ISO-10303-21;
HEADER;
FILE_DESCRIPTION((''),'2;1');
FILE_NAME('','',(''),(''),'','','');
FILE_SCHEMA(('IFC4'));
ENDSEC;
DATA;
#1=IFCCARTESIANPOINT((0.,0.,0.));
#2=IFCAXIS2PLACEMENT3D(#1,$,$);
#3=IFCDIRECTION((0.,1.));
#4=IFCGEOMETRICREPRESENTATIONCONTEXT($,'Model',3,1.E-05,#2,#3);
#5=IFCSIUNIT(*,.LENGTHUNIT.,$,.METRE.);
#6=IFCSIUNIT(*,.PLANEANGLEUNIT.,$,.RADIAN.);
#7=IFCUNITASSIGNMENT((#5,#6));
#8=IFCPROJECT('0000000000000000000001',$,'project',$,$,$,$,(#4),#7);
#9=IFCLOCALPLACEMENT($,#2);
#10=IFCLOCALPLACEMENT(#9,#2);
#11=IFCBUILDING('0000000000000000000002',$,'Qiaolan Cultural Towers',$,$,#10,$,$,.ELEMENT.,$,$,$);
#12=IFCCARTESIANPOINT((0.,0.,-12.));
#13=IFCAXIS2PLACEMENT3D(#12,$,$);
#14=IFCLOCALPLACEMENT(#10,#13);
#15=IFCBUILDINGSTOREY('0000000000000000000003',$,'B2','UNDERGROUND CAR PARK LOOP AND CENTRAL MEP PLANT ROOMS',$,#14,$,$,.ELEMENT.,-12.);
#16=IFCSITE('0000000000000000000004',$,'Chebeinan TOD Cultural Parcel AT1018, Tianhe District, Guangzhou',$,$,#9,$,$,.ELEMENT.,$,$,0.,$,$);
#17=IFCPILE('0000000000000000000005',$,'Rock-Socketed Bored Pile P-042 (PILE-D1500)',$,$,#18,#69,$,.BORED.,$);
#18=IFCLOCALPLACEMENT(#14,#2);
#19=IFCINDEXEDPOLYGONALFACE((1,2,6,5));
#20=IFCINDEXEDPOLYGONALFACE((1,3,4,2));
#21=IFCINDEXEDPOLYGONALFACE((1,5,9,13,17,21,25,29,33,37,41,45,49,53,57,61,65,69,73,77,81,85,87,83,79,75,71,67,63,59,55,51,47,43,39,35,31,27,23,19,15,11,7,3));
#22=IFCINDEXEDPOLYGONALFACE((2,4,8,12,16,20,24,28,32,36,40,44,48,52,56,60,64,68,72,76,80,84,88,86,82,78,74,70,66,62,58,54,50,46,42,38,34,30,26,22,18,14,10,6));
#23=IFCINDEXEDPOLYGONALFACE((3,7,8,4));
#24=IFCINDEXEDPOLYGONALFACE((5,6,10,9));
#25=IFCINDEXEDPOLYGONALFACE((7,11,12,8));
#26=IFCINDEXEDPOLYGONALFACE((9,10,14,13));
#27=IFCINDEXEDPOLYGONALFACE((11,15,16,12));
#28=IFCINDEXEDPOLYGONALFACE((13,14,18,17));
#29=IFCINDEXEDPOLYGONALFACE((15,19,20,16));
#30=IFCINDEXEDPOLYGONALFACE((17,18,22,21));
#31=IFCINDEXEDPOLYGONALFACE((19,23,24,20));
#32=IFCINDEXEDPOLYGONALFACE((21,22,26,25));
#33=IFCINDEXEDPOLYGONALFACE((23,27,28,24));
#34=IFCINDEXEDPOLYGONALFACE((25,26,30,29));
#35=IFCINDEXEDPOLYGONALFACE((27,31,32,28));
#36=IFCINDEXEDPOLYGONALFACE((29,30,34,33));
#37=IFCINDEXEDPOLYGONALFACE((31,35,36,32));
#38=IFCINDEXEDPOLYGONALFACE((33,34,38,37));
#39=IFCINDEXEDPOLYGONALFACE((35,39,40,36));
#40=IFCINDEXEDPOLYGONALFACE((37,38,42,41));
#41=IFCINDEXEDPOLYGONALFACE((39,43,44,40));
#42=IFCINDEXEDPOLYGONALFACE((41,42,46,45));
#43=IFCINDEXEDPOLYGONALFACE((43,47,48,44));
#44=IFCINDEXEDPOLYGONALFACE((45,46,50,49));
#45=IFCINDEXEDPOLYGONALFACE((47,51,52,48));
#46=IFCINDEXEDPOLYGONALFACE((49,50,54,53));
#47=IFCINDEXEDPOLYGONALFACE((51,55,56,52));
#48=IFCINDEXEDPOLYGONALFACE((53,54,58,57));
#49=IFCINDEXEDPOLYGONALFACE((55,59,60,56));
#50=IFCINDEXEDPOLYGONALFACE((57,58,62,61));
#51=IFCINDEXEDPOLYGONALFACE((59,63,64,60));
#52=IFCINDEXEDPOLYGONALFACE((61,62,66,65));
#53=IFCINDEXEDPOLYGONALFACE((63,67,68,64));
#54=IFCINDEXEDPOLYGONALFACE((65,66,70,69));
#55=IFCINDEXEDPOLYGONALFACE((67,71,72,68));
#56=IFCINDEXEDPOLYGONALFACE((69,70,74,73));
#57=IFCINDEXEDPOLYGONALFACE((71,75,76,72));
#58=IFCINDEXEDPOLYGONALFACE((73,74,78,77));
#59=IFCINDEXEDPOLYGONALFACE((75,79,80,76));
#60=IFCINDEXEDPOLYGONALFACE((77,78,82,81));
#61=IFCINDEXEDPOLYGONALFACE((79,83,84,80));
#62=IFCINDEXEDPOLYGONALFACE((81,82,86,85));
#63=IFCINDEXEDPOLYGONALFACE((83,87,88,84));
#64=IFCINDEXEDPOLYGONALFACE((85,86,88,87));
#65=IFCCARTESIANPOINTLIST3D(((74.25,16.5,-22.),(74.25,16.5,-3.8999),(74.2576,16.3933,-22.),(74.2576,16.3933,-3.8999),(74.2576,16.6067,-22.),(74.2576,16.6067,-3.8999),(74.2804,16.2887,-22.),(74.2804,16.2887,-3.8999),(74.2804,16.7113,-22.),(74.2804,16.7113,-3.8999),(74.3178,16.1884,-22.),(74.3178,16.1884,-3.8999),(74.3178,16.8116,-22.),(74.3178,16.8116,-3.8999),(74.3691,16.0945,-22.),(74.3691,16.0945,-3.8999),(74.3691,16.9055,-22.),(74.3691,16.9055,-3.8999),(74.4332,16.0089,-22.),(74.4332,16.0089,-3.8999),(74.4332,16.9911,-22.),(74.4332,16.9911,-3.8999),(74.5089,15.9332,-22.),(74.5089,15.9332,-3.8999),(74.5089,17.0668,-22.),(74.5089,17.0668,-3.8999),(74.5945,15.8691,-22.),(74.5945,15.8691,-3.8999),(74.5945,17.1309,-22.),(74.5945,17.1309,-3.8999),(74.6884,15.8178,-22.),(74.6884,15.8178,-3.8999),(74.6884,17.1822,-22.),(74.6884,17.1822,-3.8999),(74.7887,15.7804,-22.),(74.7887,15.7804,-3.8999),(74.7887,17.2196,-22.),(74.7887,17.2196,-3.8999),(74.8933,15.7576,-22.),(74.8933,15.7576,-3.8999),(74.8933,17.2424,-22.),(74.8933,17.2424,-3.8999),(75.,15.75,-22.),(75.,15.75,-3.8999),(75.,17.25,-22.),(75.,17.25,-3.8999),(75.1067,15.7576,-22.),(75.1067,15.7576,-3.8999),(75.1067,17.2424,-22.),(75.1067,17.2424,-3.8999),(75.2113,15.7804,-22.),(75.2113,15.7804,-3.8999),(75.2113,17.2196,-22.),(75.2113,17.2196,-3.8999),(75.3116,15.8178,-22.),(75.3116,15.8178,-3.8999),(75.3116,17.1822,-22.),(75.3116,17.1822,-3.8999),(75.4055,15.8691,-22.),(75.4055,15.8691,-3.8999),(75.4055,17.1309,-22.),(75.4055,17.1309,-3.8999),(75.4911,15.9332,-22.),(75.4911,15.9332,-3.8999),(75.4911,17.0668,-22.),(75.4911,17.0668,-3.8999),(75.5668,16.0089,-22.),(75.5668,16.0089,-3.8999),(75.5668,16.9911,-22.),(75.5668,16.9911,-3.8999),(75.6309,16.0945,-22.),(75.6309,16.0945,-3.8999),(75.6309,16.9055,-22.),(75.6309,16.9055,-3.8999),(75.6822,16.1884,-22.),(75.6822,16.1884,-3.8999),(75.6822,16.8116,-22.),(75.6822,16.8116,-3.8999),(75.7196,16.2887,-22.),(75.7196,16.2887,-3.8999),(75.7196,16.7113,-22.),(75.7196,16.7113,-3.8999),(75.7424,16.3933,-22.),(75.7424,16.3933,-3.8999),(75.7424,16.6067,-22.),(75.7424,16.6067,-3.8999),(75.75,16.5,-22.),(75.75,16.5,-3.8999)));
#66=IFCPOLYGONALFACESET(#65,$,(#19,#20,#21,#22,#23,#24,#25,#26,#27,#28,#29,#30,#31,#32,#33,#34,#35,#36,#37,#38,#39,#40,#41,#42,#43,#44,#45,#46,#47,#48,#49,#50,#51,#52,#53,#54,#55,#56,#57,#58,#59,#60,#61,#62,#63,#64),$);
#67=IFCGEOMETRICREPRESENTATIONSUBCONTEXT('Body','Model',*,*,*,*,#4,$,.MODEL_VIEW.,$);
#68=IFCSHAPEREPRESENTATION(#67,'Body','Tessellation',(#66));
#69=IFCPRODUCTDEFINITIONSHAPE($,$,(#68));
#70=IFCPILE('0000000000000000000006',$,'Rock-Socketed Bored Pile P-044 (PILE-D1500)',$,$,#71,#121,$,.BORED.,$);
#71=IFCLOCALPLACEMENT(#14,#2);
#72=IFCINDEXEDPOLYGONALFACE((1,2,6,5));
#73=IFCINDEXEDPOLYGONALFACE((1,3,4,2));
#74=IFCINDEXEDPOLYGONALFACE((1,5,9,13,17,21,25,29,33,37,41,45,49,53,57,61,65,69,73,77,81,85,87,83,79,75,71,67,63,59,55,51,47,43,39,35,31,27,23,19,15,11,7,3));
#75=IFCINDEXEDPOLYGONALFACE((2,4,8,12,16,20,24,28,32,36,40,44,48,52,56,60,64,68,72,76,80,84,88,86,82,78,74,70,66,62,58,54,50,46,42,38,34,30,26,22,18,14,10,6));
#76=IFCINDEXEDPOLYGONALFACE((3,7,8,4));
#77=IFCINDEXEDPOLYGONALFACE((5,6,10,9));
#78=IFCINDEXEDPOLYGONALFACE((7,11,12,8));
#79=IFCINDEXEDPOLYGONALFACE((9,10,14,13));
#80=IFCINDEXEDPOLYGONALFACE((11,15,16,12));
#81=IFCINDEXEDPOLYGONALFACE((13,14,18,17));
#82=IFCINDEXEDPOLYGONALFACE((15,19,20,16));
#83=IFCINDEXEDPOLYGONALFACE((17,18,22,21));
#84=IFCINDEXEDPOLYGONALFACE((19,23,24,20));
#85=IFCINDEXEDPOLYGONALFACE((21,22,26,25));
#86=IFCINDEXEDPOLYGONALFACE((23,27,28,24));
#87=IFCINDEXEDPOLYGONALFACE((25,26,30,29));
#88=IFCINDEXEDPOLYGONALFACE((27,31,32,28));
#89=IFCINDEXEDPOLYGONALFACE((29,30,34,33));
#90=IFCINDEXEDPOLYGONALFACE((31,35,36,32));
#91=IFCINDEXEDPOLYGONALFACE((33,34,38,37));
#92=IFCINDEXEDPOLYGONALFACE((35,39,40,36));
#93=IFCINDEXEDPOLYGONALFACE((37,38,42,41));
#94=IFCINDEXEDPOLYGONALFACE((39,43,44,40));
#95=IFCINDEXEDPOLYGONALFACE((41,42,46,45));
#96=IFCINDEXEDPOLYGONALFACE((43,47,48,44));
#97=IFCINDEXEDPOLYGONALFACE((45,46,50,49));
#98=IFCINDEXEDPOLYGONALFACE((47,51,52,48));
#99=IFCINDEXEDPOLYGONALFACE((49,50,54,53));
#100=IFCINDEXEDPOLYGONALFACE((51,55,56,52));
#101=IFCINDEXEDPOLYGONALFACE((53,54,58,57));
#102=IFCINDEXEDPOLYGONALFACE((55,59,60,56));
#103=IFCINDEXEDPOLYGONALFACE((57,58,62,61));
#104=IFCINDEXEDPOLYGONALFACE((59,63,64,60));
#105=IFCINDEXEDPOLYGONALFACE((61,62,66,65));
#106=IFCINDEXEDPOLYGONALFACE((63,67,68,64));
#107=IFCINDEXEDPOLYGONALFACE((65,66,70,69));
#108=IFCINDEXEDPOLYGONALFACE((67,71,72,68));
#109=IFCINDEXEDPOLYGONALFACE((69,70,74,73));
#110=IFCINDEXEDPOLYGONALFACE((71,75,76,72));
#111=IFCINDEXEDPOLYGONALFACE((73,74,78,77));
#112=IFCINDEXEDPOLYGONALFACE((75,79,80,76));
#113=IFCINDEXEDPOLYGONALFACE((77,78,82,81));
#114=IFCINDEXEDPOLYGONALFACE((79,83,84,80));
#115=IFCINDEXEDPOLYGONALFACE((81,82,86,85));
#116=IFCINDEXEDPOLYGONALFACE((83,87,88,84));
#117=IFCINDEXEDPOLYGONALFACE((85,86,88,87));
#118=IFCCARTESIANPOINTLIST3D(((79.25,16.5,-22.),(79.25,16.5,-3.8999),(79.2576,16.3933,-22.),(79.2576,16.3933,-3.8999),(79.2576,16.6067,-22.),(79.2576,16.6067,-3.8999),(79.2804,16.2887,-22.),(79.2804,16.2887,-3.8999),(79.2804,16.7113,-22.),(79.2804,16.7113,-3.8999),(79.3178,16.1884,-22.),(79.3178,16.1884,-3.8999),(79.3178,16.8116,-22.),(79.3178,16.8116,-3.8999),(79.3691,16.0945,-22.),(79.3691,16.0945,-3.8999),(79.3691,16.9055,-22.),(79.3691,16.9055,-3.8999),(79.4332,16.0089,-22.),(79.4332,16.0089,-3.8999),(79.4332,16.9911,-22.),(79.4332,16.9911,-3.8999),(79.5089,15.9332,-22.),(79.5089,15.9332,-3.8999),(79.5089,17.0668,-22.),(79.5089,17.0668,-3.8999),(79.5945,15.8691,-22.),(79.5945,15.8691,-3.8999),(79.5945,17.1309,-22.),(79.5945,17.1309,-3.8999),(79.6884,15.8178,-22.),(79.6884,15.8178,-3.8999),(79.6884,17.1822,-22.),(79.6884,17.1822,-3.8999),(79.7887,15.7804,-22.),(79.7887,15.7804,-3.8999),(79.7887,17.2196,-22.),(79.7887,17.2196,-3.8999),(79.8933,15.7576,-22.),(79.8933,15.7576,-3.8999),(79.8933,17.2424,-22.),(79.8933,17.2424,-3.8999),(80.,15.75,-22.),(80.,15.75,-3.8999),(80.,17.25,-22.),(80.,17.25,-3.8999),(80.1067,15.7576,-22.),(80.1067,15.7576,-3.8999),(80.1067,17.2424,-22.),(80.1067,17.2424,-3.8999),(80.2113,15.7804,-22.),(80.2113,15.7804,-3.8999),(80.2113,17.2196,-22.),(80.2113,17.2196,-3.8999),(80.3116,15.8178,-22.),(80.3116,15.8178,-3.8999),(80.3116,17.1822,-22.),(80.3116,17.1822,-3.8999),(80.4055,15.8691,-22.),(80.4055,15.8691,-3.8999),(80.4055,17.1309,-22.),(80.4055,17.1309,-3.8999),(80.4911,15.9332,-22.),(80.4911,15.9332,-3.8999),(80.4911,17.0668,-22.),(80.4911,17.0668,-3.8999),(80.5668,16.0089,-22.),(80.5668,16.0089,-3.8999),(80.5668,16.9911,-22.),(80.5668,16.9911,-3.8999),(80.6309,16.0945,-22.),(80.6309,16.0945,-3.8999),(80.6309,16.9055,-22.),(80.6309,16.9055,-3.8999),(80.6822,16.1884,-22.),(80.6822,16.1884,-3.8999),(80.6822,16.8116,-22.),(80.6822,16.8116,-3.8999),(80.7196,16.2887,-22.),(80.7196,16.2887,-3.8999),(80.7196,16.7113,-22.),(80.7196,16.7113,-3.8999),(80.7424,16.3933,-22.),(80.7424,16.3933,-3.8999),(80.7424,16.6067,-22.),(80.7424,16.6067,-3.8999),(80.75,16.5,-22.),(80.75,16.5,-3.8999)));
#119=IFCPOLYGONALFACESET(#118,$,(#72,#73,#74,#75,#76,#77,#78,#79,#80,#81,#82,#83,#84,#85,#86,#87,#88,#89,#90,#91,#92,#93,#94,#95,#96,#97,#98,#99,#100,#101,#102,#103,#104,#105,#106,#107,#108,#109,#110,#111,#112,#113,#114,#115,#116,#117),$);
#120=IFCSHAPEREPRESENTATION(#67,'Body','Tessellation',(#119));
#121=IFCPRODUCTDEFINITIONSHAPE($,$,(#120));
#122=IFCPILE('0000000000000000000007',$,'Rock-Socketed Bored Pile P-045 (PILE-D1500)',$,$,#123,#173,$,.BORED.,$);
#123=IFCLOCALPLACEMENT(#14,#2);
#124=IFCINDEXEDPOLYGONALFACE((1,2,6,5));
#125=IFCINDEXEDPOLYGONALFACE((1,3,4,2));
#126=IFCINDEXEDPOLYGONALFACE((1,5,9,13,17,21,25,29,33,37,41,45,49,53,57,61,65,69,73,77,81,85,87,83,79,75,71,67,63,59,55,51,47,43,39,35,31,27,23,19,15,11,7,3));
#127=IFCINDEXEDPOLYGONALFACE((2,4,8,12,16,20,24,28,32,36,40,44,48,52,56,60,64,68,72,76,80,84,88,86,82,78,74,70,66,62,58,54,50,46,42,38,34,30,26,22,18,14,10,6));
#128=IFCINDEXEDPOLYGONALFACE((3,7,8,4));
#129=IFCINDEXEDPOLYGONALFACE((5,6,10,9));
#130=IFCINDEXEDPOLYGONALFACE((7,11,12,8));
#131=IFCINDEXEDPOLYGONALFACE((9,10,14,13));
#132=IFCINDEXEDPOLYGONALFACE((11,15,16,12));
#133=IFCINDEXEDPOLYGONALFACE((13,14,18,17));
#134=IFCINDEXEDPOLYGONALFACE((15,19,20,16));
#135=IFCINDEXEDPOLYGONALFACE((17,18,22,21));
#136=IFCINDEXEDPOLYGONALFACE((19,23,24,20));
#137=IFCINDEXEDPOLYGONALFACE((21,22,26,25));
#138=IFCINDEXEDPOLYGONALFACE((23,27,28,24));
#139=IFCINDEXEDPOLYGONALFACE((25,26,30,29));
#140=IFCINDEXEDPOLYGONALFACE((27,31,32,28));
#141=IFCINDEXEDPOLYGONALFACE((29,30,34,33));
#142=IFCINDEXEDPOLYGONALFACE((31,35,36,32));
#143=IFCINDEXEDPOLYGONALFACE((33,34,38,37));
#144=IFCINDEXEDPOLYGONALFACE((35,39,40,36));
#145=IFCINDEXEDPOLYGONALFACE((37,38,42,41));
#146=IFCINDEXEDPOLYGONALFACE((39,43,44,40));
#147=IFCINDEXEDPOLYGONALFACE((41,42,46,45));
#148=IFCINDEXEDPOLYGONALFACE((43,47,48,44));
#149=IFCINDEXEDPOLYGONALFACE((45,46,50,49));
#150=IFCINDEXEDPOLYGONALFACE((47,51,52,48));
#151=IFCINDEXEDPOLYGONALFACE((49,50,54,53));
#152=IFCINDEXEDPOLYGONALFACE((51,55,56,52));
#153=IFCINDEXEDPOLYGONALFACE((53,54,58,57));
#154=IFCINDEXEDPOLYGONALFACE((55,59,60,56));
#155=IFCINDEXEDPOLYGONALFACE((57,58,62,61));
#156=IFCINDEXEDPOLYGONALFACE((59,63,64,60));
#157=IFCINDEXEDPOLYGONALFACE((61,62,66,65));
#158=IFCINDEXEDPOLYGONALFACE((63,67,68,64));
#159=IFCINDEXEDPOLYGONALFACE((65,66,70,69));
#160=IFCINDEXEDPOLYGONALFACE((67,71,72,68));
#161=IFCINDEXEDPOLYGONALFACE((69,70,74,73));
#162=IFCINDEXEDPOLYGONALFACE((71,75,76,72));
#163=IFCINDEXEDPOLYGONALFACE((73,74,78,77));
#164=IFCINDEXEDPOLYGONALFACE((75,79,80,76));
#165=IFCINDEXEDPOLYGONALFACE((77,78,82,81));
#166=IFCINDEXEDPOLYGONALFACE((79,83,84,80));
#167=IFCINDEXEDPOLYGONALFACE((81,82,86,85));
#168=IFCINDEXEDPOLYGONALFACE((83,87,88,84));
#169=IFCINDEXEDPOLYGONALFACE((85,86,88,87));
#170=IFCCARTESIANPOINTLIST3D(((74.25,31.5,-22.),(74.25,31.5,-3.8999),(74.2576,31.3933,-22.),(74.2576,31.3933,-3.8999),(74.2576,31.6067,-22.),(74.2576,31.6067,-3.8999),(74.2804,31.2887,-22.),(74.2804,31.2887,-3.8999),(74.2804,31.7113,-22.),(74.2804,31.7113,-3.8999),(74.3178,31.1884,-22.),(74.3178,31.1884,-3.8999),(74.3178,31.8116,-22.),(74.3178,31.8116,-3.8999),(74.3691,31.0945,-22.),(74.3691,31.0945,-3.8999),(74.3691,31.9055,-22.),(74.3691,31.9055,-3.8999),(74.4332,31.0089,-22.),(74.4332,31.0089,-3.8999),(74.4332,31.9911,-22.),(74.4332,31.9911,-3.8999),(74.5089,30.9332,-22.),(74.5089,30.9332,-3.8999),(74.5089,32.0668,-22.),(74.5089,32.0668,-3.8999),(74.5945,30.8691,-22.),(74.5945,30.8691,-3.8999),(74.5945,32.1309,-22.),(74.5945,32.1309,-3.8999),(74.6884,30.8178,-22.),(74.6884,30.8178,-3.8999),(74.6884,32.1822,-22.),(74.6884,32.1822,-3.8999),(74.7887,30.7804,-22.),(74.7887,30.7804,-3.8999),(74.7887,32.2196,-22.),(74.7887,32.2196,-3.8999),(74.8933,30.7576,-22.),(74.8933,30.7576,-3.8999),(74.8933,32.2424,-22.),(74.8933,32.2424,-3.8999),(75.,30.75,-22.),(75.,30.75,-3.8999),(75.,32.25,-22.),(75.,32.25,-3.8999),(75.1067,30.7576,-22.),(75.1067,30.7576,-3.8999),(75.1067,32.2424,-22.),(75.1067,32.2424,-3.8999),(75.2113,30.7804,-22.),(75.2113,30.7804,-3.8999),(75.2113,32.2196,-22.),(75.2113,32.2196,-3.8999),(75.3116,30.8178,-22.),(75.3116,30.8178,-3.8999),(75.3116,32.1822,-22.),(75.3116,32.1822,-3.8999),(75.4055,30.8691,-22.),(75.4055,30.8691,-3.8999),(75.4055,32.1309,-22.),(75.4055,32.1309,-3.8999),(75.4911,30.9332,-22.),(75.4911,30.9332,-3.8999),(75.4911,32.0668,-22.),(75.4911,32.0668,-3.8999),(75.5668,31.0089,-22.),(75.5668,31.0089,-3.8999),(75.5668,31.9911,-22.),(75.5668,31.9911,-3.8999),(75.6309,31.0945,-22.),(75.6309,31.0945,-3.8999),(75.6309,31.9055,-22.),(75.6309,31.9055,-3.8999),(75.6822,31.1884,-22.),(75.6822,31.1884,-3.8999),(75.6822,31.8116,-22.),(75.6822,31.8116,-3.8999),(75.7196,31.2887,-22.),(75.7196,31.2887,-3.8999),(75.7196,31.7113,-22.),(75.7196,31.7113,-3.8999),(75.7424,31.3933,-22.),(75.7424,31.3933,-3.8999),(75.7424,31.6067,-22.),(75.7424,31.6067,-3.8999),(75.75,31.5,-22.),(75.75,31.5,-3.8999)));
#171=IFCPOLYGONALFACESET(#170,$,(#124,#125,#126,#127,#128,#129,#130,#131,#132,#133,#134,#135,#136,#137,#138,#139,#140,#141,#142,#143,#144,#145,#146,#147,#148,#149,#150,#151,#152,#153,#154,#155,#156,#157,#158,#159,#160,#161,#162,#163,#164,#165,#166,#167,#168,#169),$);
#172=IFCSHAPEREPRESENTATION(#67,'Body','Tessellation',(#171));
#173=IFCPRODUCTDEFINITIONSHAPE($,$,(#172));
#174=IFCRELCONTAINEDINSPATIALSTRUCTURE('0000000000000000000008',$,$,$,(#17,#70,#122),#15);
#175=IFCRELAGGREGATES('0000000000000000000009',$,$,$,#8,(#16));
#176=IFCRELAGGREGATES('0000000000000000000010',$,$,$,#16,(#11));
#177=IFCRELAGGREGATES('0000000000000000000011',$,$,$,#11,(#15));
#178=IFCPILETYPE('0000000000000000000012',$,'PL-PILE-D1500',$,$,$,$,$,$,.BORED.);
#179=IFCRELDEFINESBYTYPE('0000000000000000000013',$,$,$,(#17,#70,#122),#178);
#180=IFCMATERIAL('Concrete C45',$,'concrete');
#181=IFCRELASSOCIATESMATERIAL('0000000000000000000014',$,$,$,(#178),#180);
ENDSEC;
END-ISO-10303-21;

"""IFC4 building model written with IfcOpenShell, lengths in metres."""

from ifc_helpers import new_model, si_unit, direction, frame, origin, origin_2d, place, context, subcontext, project, spatial, circle, extrude, material, material_profile, profile_set, type_object, element, save


model = new_model("IFC4")

# Units and contexts
model_context = context("Model", 3, precision=1e-05, world=origin(), true_north=direction((0.0, 1.0)))
body_context = subcontext(model_context, "Body", "Model", "MODEL_VIEW")
ifc_project = project(units=[si_unit("LENGTHUNIT", "METRE"), si_unit("PLANEANGLEUNIT", "RADIAN")], contexts=[model_context])

# Site, building, storey
site_placement = place(None, origin())
site = spatial("IfcSite", under=ifc_project, at=site_placement, Name="Chebeinan TOD Cultural Parcel AT1018, Tianhe District, Guangzhou", CompositionType="ELEMENT", RefElevation=0.0)
building_placement = place(site_placement, origin())
building = spatial("IfcBuilding", under=site, at=building_placement, Name="Qiaolan Cultural Towers", CompositionType="ELEMENT")
storey_placement = place(building_placement, frame((0.0, 0.0, -12.0)))
storey = spatial("IfcBuildingStorey", under=building, at=storey_placement, Name="B2", Description="UNDERGROUND CAR PARK LOOP AND CENTRAL MEP PLANT ROOMS", CompositionType="ELEMENT", Elevation=-12.0)

# Piles
ifc_material_1 = material(Name="Concrete C45", Category="concrete")
ifc_material_profile_1 = material_profile(ifc_material_1, circle(Radius=0.75, at=origin_2d()), Name="PILE-D1500")
ifc_profile_set_1 = profile_set([ifc_material_profile_1], Name="Concrete C45")
pile_type_1 = type_object("IfcPileType", Name="PL-PILE-D1500", PredefinedType="BORED", material=ifc_profile_set_1)
for number, where, z_axis, x_axis, name in (
    (1, (75.0, 16.5, -3.8999), (0.0, 0.0, -1.0), (1.0, 0.0, 0.0), "Rock-Socketed Bored Pile P-042 (PILE-D1500)"),
    (2, (80.0, 16.5, -3.8999), (0.0, 0.0, -1.0), (1.0, 0.0, 0.0), "Rock-Socketed Bored Pile P-044 (PILE-D1500)"),
    (3, (75.0, 31.5, -3.8999), (0.0, 0.0, -1.0), (1.0, 0.0, 0.0), "Rock-Socketed Bored Pile P-045 (PILE-D1500)"),
):
    element("IfcPile", number, at=place(storey_placement, frame(where, z_axis=z_axis, x_axis=x_axis)), inside=storey, type_object=pile_type_1, Name=name, PredefinedType="BORED", context=body_context, shape_type="SweptSolid", body=[
        extrude(circle(Radius=0.75, at=origin_2d()), origin(), (0.0, 0.0, 1.0), 18.1001),
    ])

save(model, "model.ifc")
